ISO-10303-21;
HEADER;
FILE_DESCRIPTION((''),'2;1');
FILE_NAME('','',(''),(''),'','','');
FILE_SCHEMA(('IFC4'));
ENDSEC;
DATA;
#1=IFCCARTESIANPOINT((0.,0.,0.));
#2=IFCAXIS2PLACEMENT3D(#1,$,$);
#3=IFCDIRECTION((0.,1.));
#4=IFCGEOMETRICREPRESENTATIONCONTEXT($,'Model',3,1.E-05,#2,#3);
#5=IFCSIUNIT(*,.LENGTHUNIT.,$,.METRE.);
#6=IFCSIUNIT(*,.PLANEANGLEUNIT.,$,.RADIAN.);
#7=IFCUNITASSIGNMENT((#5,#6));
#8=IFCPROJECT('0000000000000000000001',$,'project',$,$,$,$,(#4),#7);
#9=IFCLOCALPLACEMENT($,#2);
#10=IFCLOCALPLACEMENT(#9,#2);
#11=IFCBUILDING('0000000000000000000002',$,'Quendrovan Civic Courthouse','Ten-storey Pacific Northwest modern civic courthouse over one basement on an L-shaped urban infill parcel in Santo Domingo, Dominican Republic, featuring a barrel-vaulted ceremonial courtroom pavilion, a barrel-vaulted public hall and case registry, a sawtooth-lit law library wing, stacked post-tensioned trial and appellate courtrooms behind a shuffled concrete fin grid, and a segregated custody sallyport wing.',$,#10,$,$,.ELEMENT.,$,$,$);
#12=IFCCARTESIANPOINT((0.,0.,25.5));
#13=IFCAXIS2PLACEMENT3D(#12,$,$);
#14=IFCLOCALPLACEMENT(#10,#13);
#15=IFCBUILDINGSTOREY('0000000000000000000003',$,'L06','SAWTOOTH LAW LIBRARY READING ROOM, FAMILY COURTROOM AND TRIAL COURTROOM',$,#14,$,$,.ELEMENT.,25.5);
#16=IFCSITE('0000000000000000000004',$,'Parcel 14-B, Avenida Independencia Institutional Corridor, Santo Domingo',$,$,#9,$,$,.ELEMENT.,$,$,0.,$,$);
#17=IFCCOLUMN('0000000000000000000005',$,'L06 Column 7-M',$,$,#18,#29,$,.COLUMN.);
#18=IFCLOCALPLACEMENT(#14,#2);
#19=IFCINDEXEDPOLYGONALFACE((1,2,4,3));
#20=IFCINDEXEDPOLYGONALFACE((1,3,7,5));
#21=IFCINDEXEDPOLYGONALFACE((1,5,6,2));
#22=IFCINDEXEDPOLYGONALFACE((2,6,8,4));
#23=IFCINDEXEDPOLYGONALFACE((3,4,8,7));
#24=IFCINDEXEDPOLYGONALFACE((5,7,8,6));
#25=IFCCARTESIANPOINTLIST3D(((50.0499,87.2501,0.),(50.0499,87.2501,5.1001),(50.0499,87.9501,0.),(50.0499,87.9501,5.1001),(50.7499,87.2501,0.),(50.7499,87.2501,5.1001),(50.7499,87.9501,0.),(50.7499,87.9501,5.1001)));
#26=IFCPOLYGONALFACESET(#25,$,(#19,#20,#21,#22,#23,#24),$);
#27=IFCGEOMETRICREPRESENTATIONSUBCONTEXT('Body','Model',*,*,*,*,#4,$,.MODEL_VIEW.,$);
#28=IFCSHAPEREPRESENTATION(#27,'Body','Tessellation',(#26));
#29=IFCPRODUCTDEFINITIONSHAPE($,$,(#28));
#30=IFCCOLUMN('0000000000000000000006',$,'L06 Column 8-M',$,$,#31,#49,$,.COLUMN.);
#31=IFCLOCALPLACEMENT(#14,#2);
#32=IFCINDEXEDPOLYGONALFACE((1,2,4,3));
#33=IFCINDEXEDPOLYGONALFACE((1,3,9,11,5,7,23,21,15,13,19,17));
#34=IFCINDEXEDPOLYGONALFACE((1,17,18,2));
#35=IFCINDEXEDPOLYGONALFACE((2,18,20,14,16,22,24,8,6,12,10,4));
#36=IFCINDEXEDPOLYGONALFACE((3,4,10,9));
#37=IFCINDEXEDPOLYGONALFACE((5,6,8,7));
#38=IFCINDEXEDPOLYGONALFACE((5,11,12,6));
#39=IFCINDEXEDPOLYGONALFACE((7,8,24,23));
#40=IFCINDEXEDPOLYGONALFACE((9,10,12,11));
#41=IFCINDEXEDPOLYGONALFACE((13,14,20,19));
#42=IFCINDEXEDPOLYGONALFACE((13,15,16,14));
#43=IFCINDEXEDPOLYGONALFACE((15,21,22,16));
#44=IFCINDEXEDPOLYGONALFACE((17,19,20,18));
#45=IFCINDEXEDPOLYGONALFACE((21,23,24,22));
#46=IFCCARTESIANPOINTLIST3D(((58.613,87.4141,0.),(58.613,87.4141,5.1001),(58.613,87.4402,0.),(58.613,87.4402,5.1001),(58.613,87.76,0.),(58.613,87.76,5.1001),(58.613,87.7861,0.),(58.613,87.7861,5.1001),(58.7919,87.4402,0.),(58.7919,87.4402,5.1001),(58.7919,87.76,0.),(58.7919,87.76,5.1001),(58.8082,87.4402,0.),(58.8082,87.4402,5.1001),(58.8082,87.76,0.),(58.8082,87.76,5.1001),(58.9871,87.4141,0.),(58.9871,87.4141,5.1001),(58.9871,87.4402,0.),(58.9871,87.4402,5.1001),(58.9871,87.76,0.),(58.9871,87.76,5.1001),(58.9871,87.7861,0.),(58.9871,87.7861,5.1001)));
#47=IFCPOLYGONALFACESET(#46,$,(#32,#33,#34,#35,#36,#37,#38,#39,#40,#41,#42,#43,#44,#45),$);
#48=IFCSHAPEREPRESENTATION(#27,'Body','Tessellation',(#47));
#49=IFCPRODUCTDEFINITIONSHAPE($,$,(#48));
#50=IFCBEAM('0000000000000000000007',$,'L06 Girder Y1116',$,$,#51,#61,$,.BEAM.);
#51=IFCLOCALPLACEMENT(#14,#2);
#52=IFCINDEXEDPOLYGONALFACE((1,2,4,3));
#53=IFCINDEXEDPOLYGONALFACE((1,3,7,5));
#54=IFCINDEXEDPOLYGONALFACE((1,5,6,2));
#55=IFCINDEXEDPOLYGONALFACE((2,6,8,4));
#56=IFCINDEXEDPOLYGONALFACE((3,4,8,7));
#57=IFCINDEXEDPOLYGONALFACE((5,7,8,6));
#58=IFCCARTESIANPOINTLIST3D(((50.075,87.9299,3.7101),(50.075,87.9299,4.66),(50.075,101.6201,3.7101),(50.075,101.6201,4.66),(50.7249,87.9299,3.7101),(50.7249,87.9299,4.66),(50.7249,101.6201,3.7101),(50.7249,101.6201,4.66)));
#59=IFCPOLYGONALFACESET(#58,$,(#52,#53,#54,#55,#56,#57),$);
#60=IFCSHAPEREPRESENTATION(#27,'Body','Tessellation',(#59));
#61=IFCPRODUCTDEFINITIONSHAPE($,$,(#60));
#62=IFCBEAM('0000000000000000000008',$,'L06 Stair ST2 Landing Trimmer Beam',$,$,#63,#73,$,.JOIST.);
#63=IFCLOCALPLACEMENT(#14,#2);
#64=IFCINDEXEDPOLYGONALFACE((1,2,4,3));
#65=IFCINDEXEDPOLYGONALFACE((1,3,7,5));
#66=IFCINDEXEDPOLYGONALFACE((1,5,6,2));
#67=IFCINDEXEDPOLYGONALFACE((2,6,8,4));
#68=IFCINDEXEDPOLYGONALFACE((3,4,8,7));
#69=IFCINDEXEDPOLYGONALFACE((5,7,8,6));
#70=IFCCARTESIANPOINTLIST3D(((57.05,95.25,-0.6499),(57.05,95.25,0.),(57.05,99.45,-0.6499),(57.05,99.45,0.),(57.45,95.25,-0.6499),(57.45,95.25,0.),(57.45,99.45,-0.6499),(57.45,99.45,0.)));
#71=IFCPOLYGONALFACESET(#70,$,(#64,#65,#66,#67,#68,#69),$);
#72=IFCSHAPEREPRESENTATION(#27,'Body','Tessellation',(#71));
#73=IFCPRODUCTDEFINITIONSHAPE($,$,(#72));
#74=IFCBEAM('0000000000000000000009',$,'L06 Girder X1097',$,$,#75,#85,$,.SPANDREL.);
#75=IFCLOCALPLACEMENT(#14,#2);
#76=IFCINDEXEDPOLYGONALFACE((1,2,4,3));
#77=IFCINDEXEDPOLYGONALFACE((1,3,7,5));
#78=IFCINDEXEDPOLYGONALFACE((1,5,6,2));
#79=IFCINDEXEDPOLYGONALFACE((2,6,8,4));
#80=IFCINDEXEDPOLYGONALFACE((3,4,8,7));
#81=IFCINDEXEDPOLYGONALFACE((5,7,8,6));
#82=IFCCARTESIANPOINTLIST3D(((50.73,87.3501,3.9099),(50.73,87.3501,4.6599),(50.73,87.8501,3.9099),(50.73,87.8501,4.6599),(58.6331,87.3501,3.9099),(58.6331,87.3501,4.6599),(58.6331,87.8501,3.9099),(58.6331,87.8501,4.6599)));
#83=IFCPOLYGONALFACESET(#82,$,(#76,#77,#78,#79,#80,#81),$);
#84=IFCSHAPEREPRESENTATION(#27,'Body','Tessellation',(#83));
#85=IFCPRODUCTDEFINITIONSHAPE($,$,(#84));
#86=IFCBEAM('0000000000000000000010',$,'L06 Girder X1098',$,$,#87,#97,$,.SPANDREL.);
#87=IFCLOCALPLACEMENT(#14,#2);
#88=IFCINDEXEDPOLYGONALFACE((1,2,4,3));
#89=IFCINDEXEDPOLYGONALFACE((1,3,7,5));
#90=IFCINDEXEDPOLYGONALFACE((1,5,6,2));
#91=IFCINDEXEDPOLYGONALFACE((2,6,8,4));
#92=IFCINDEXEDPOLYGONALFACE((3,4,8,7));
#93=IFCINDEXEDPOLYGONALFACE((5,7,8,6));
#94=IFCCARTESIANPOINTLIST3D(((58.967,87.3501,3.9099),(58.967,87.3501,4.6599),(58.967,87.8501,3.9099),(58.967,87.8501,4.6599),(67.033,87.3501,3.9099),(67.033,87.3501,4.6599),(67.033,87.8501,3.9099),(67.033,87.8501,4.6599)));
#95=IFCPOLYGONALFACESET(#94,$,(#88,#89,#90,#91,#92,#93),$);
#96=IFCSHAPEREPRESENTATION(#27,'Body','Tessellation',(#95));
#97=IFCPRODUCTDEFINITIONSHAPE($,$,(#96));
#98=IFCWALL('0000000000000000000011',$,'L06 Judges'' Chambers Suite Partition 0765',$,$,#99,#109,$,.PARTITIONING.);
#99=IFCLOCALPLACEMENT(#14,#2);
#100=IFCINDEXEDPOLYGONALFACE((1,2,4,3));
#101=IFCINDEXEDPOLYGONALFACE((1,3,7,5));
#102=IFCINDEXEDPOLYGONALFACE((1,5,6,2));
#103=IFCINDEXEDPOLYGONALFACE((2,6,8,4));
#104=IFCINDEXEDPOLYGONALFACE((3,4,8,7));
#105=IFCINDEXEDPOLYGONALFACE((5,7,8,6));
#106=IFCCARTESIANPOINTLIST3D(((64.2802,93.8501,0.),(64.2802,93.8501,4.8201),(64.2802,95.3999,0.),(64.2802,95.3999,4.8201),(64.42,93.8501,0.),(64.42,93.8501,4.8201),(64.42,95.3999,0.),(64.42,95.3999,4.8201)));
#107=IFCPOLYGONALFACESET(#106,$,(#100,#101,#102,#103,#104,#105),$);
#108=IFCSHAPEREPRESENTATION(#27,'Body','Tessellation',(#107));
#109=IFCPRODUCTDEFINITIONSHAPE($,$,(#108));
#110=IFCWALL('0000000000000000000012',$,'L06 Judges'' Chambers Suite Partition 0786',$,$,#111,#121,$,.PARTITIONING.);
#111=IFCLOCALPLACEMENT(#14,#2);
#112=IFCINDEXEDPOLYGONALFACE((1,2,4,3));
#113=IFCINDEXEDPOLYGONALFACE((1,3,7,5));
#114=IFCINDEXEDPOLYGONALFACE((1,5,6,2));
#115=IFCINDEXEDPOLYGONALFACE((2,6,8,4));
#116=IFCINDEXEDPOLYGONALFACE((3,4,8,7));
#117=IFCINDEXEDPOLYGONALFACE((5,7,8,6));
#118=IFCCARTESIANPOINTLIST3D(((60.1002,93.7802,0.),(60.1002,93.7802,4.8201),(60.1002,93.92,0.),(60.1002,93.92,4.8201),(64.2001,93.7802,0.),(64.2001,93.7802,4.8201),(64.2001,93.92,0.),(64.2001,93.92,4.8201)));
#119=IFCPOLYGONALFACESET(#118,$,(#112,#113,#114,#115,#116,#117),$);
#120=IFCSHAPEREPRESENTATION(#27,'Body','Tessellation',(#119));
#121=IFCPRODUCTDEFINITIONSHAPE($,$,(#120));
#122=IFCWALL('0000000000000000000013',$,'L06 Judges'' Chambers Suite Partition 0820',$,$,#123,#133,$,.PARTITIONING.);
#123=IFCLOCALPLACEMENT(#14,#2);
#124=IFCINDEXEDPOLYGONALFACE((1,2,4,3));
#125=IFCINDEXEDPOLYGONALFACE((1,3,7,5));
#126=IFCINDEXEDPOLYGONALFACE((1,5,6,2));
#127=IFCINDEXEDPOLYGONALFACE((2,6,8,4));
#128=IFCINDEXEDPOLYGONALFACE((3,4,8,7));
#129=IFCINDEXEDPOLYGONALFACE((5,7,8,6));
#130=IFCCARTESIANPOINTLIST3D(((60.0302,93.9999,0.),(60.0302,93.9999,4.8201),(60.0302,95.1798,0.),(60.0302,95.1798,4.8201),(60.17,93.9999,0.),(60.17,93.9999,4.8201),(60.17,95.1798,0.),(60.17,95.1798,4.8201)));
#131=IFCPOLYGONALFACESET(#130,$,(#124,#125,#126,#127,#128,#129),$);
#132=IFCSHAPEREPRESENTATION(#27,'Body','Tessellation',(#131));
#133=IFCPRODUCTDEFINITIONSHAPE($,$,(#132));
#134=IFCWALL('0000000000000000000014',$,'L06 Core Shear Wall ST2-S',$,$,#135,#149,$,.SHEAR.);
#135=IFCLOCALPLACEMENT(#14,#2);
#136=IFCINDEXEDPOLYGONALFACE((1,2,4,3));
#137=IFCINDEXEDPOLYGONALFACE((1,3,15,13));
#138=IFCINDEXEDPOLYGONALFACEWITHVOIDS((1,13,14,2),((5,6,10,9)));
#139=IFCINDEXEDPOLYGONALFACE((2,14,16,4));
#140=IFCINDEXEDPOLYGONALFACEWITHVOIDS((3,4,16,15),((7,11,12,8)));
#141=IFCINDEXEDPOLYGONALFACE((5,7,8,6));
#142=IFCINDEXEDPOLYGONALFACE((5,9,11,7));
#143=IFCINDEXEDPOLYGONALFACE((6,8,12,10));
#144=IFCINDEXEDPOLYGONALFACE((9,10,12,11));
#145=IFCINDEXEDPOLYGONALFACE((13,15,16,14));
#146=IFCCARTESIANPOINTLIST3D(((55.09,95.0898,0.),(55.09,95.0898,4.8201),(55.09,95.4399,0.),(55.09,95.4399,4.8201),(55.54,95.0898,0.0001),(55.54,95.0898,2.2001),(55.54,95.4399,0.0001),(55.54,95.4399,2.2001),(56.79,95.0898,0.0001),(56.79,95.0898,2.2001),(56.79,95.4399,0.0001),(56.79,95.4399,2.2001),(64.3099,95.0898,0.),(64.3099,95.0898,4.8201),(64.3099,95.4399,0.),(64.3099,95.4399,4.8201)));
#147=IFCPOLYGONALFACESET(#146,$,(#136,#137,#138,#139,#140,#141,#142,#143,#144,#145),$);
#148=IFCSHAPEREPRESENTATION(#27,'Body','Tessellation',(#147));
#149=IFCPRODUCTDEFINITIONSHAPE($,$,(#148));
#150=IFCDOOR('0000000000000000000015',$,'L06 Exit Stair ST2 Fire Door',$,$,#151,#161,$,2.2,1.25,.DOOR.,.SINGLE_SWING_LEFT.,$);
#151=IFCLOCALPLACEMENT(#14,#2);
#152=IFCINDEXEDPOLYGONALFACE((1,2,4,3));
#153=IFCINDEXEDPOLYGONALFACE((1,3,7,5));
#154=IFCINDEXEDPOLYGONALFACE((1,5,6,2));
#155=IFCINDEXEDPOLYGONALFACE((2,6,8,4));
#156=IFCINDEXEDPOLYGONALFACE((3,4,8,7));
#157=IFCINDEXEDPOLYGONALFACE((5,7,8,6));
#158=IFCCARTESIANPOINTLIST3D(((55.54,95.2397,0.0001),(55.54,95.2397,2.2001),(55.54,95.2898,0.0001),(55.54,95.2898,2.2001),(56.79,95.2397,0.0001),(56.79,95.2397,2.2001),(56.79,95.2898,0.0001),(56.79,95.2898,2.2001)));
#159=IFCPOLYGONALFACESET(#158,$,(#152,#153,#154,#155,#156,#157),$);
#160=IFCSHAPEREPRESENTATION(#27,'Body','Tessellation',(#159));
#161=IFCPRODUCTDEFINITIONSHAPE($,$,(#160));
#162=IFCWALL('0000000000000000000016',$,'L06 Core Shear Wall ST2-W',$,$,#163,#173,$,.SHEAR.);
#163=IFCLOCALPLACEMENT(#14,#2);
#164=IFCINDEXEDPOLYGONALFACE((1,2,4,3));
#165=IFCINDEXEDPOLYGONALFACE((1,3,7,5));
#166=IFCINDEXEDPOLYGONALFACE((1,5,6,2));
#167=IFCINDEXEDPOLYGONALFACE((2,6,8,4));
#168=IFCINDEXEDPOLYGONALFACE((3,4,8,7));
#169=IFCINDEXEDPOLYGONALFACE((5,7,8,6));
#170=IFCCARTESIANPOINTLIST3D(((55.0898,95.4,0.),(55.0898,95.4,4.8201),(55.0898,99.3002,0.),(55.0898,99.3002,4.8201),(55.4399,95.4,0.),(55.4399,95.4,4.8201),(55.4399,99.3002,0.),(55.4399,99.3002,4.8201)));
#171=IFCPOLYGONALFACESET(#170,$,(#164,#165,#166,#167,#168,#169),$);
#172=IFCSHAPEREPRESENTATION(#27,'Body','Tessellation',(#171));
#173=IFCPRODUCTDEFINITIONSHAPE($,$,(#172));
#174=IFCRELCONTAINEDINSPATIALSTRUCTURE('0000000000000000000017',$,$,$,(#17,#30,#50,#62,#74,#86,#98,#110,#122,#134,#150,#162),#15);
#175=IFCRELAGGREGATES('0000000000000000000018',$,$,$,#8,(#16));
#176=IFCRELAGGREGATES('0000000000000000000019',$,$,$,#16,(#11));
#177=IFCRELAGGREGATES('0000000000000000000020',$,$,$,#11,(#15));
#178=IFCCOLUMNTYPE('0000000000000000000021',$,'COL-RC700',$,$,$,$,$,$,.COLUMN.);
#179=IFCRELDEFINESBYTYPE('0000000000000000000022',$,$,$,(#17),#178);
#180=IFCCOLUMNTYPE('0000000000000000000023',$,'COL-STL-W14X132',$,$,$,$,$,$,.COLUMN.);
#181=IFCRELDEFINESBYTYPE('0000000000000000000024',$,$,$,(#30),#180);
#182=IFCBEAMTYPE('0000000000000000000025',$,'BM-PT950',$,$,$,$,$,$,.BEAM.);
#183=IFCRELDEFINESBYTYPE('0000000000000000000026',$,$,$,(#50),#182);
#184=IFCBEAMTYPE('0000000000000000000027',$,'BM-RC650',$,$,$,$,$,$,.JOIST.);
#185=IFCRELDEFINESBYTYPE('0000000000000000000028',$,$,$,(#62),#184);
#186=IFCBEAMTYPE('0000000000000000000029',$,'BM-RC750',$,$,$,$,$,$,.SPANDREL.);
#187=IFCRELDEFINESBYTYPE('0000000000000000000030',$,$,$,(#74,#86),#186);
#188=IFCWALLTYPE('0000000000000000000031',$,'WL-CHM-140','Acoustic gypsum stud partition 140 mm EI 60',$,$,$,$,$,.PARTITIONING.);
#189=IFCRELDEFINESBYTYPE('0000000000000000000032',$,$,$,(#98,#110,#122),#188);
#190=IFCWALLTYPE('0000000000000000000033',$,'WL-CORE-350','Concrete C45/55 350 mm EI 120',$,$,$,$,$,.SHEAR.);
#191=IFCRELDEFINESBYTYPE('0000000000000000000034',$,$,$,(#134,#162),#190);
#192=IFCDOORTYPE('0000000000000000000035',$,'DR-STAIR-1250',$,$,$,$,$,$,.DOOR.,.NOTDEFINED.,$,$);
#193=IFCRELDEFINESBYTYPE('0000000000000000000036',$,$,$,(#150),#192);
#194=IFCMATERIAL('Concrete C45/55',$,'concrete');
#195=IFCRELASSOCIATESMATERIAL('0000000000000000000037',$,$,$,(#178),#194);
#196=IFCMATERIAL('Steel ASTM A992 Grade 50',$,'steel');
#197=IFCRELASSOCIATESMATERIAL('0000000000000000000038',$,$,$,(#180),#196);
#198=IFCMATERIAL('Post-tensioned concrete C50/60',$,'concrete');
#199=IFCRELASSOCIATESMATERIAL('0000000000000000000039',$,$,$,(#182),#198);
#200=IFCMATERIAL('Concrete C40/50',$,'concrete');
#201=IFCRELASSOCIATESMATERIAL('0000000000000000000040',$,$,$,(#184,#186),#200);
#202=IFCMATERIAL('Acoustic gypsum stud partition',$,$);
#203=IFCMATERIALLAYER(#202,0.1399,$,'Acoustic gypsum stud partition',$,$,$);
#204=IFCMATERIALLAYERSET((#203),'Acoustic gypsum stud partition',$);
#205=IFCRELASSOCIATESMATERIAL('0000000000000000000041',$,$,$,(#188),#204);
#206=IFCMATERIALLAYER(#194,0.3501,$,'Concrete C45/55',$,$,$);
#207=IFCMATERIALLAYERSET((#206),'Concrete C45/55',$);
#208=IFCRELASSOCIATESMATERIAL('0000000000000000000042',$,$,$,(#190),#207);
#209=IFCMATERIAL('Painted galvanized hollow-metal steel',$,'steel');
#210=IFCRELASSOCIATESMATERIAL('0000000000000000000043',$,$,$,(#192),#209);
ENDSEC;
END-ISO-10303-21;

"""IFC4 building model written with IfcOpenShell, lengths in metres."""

from ifc_helpers import new_model, si_unit, direction, frame, frame_2d, origin, origin_2d, place, context, subcontext, project, spatial, rectangle, i_section, extrude, material, layer, layer_set, material_profile, profile_set, type_object, element, fill, save


model = new_model("IFC4")

# Units and contexts
model_context = context("Model", 3, precision=1e-05, world=origin(), true_north=direction((0.0, 1.0)))
body_context = subcontext(model_context, "Body", "Model", "MODEL_VIEW")
ifc_project = project(units=[si_unit("LENGTHUNIT", "METRE"), si_unit("PLANEANGLEUNIT", "RADIAN")], contexts=[model_context])

# Site, building, storey
site_placement = place(None, origin())
site = spatial("IfcSite", under=ifc_project, at=site_placement, Name="Parcel 14-B, Avenida Independencia Institutional Corridor, Santo Domingo", CompositionType="ELEMENT", RefElevation=0.0)
building_placement = place(site_placement, origin())
building = spatial("IfcBuilding", under=site, at=building_placement, Name="Quendrovan Civic Courthouse", Description="Ten-storey Pacific Northwest modern civic courthouse over one basement on an L-shaped urban infill parcel in Santo Domingo, Dominican Republic, featuring a barrel-vaulted ceremonial courtroom pavilion, a barrel-vaulted public hall and case registry, a sawtooth-lit law library wing, stacked post-tensioned trial and appellate courtrooms behind a shuffled concrete fin grid, and a segregated custody sallyport wing.", CompositionType="ELEMENT")
storey_placement = place(building_placement, frame((0.0, 0.0, 25.5)))
storey = spatial("IfcBuildingStorey", under=building, at=storey_placement, Name="L06", Description="SAWTOOTH LAW LIBRARY READING ROOM, FAMILY COURTROOM AND TRIAL COURTROOM", CompositionType="ELEMENT", Elevation=25.5)

# Columns
ifc_material_1 = material(Name="Concrete C45/55", Category="concrete")
ifc_material_profile_1 = material_profile(ifc_material_1, rectangle(XDim=0.7, YDim=0.7, at=origin_2d()), Name="RC-COL-700x700")
ifc_profile_set_1 = profile_set([ifc_material_profile_1], Name="Concrete C45/55")
column_type_1 = type_object("IfcColumnType", Name="COL-RC700", PredefinedType="COLUMN", material=ifc_profile_set_1)
column_1_placement = place(storey_placement, frame((50.3999, 87.6001, 0.0), z_axis=(0.0, 0.0, 1.0), x_axis=(1.0, 0.0, 0.0)))
element("IfcColumn", 1, at=column_1_placement, inside=storey, type_object=column_type_1, Name="L06 Column 7-M", PredefinedType="COLUMN", context=body_context, shape_type="SweptSolid", body=[
    extrude(rectangle(XDim=0.7, YDim=0.7, at=origin_2d()), origin(), (0.0, 0.0, 1.0), 5.1001),
])
ifc_material_2 = material(Name="Steel ASTM A992 Grade 50", Category="steel")
ifc_material_profile_2 = material_profile(ifc_material_2, i_section(OverallWidth=0.374, OverallDepth=0.3721, WebThickness=0.0164, FlangeThickness=0.0261, at=origin_2d()), Name="W14X132")
ifc_profile_set_2 = profile_set([ifc_material_profile_2], Name="Steel ASTM A992 Grade 50")
column_type_2 = type_object("IfcColumnType", Name="COL-STL-W14X132", PredefinedType="COLUMN", material=ifc_profile_set_2)
column_2_placement = place(storey_placement, frame((58.8, 87.6001, 0.0), z_axis=(0.0, 0.0, 1.0), x_axis=(1.0, 0.0, 0.0)))
element("IfcColumn", 2, at=column_2_placement, inside=storey, type_object=column_type_2, Name="L06 Column 8-M", PredefinedType="COLUMN", context=body_context, shape_type="SweptSolid", body=[
    extrude(i_section(OverallWidth=0.374, OverallDepth=0.3721, WebThickness=0.0164, FlangeThickness=0.0261, at=origin_2d()), origin(), (0.0, 0.0, 1.0), 5.1001),
])

# Beams
ifc_material_3 = material(Name="Post-tensioned concrete C50/60", Category="concrete")
ifc_material_profile_3 = material_profile(ifc_material_3, rectangle(XDim=0.6499, YDim=0.95, at=origin_2d()), Name="PT-GIRD-650x950")
ifc_profile_set_3 = profile_set([ifc_material_profile_3], Name="Post-tensioned concrete C50/60")
beam_type_1 = type_object("IfcBeamType", Name="BM-PT950", PredefinedType="BEAM", material=ifc_profile_set_3)
beam_1_placement = place(storey_placement, frame((50.3999, 87.9299, 4.1851), z_axis=(0.0, 1.0, 0.0), x_axis=(-1.0, 0.0, 0.0)))
element("IfcBeam", 3, at=beam_1_placement, inside=storey, type_object=beam_type_1, Name="L06 Girder Y1116", PredefinedType="BEAM", context=body_context, shape_type="SweptSolid", body=[
    extrude(rectangle(XDim=0.6499, YDim=0.95, at=origin_2d()), origin(), (0.0, 0.0, 1.0), 13.6902),
])
ifc_material_4 = material(Name="Concrete C40/50", Category="concrete")
ifc_material_profile_4 = material_profile(ifc_material_4, rectangle(XDim=0.3999, YDim=0.6499, at=origin_2d()), Name="RC-BM-400x650")
ifc_profile_set_4 = profile_set([ifc_material_profile_4], Name="Concrete C40/50")
beam_type_2 = type_object("IfcBeamType", Name="BM-RC650", PredefinedType="JOIST", material=ifc_profile_set_4)
beam_2_placement = place(storey_placement, frame((57.25, 95.25, -0.325), z_axis=(0.0, 1.0, 0.0), x_axis=(-1.0, 0.0, 0.0)))
element("IfcBeam", 4, at=beam_2_placement, inside=storey, type_object=beam_type_2, Name="L06 Stair ST2 Landing Trimmer Beam", PredefinedType="JOIST", context=body_context, shape_type="SweptSolid", body=[
    extrude(rectangle(XDim=0.3999, YDim=0.6499, at=origin_2d()), origin(), (0.0, 0.0, 1.0), 4.2),
])
ifc_material_profile_5 = material_profile(ifc_material_4, rectangle(XDim=0.5, YDim=0.75, at=origin_2d()), Name="RC-BM-500x750")
ifc_profile_set_5 = profile_set([ifc_material_profile_5], Name="Concrete C40/50")
beam_type_3 = type_object("IfcBeamType", Name="BM-RC750", PredefinedType="SPANDREL", material=ifc_profile_set_5)
beam_3_placement = place(storey_placement, frame((50.73, 87.6001, 4.2849), z_axis=(1.0, 0.0, 0.0), x_axis=(0.0, 1.0, 0.0)))
element("IfcBeam", 5, at=beam_3_placement, inside=storey, type_object=beam_type_3, Name="L06 Girder X1097", PredefinedType="SPANDREL", context=body_context, shape_type="SweptSolid", body=[
    extrude(rectangle(XDim=0.5, YDim=0.75, at=origin_2d()), origin(), (0.0, 0.0, 1.0), 7.9031),
])
beam_4_placement = place(storey_placement, frame((58.967, 87.6001, 4.2849), z_axis=(1.0, 0.0, 0.0), x_axis=(0.0, 1.0, 0.0)))
element("IfcBeam", 6, at=beam_4_placement, inside=storey, type_object=beam_type_3, Name="L06 Girder X1098", PredefinedType="SPANDREL", context=body_context, shape_type="SweptSolid", body=[
    extrude(rectangle(XDim=0.5, YDim=0.75, at=origin_2d()), origin(), (0.0, 0.0, 1.0), 8.0659),
])

# Walls
ifc_material_5 = material(Name="Acoustic gypsum stud partition")
ifc_layer_1 = layer(ifc_material_5, 0.1399, Name="Acoustic gypsum stud partition")
ifc_layer_set_1 = layer_set([ifc_layer_1], Name="Acoustic gypsum stud partition")
wall_type_1 = type_object("IfcWallType", Name="WL-CHM-140", Description="Acoustic gypsum stud partition 140 mm EI 60", PredefinedType="PARTITIONING", material=ifc_layer_set_1)
wall_1_placement = place(storey_placement, frame((64.3501, 95.3999, 0.0), z_axis=(0.0, 0.0, 1.0), x_axis=(0.0, -1.0, 0.0)))
element("IfcWall", 7, at=wall_1_placement, inside=storey, type_object=wall_type_1, Name="L06 Judges' Chambers Suite Partition 0765", PredefinedType="PARTITIONING", context=body_context, shape_type="SweptSolid", body=[
    extrude(rectangle(XDim=1.5498, YDim=0.1399, at=frame_2d((0.7749, 0.0))), origin(), (0.0, 0.0, 1.0), 4.8201),
])
wall_2_placement = place(storey_placement, frame((64.2, 93.8501, 0.0), z_axis=(0.0, 0.0, 1.0), x_axis=(-1.0, 0.0, 0.0)))
element("IfcWall", 8, at=wall_2_placement, inside=storey, type_object=wall_type_1, Name="L06 Judges' Chambers Suite Partition 0786", PredefinedType="PARTITIONING", context=body_context, shape_type="SweptSolid", body=[
    extrude(rectangle(XDim=4.0999, YDim=0.1399, at=frame_2d((2.0498, 0.0))), origin(), (0.0, 0.0, 1.0), 4.8201),
])
wall_3_placement = place(storey_placement, frame((60.1001, 94.0, 0.0), z_axis=(0.0, 0.0, 1.0), x_axis=(0.0, 1.0, 0.0)))
element("IfcWall", 9, at=wall_3_placement, inside=storey, type_object=wall_type_1, Name="L06 Judges' Chambers Suite Partition 0820", PredefinedType="PARTITIONING", context=body_context, shape_type="SweptSolid", body=[
    extrude(rectangle(XDim=1.1799, YDim=0.1399, at=frame_2d((0.5898, 0.0))), origin(), (0.0, 0.0, 1.0), 4.8201),
])

# Wall, opening, door
ifc_layer_2 = layer(ifc_material_1, 0.3501, Name="Concrete C45/55")
ifc_layer_set_2 = layer_set([ifc_layer_2], Name="Concrete C45/55")
wall_type_2 = type_object("IfcWallType", Name="WL-CORE-350", Description="Concrete C45/55 350 mm EI 120", PredefinedType="SHEAR", material=ifc_layer_set_2)
wall_4_placement = place(storey_placement, frame((55.0901, 95.2649, 0.0), z_axis=(0.0, 0.0, 1.0), x_axis=(1.0, 0.0, 0.0)))
wall_4 = element("IfcWall", 10, at=wall_4_placement, inside=storey, type_object=wall_type_2, Name="L06 Core Shear Wall ST2-S", PredefinedType="SHEAR", context=body_context, shape_type="SweptSolid", body=[
    extrude(rectangle(XDim=9.22, YDim=0.3501, at=frame_2d((4.6099, 0.0))), origin(), (0.0, 0.0, 1.0), 4.8201),
])
opening_1_placement = place(wall_4_placement, frame((0.45, 0.0, 0.0)))
opening_1 = element("IfcOpeningElement", 11, at=opening_1_placement, cuts=wall_4, PredefinedType="OPENING", context=body_context, shape_type="SweptSolid", body=[
    extrude(rectangle(XDim=1.25, YDim=2.2, at=frame_2d((0.625, 1.1001))), frame((0.0, 0.1851, 0.0), z_axis=(0.0, -1.0, 0.0), x_axis=(1.0, 0.0, 0.0)), (0.0, 0.0, 1.0), 0.3701),
])
ifc_material_6 = material(Name="Painted galvanized hollow-metal steel", Category="steel")
door_type_1 = type_object("IfcDoorType", Name="DR-STAIR-1250", OperationType="NOTDEFINED", PredefinedType="DOOR", material=ifc_material_6)
door_1_placement = place(opening_1_placement, origin())
door_1 = element("IfcDoor", 12, at=door_1_placement, inside=storey, type_object=door_type_1, Name="L06 Exit Stair ST2 Fire Door", OperationType="SINGLE_SWING_LEFT", OverallHeight=2.2, OverallWidth=1.25, PredefinedType="DOOR", context=body_context, shape_type="SweptSolid", body=[
    extrude(rectangle(XDim=1.25, YDim=2.2, at=frame_2d((0.625, 1.1001))), frame((0.0, 0.0249, 0.0), z_axis=(0.0, -1.0, 0.0), x_axis=(1.0, 0.0, 0.0)), (0.0, 0.0, 1.0), 0.05),
])
fill(opening_1, door_1)

# Wall
for number, where, z_axis, x_axis, name in (
    (13, (55.2649, 95.3999, 0.0), (0.0, 0.0, 1.0), (0.0, 1.0, 0.0), "L06 Core Shear Wall ST2-W"),
):
    element("IfcWall", number, at=place(storey_placement, frame(where, z_axis=z_axis, x_axis=x_axis)), inside=storey, type_object=wall_type_2, Name=name, PredefinedType="SHEAR", context=body_context, shape_type="SweptSolid", body=[
        extrude(rectangle(XDim=3.9001, YDim=0.3501, at=frame_2d((1.9502, 0.0))), origin(), (0.0, 0.0, 1.0), 4.8201),
    ])

save(model, "model.ifc")
